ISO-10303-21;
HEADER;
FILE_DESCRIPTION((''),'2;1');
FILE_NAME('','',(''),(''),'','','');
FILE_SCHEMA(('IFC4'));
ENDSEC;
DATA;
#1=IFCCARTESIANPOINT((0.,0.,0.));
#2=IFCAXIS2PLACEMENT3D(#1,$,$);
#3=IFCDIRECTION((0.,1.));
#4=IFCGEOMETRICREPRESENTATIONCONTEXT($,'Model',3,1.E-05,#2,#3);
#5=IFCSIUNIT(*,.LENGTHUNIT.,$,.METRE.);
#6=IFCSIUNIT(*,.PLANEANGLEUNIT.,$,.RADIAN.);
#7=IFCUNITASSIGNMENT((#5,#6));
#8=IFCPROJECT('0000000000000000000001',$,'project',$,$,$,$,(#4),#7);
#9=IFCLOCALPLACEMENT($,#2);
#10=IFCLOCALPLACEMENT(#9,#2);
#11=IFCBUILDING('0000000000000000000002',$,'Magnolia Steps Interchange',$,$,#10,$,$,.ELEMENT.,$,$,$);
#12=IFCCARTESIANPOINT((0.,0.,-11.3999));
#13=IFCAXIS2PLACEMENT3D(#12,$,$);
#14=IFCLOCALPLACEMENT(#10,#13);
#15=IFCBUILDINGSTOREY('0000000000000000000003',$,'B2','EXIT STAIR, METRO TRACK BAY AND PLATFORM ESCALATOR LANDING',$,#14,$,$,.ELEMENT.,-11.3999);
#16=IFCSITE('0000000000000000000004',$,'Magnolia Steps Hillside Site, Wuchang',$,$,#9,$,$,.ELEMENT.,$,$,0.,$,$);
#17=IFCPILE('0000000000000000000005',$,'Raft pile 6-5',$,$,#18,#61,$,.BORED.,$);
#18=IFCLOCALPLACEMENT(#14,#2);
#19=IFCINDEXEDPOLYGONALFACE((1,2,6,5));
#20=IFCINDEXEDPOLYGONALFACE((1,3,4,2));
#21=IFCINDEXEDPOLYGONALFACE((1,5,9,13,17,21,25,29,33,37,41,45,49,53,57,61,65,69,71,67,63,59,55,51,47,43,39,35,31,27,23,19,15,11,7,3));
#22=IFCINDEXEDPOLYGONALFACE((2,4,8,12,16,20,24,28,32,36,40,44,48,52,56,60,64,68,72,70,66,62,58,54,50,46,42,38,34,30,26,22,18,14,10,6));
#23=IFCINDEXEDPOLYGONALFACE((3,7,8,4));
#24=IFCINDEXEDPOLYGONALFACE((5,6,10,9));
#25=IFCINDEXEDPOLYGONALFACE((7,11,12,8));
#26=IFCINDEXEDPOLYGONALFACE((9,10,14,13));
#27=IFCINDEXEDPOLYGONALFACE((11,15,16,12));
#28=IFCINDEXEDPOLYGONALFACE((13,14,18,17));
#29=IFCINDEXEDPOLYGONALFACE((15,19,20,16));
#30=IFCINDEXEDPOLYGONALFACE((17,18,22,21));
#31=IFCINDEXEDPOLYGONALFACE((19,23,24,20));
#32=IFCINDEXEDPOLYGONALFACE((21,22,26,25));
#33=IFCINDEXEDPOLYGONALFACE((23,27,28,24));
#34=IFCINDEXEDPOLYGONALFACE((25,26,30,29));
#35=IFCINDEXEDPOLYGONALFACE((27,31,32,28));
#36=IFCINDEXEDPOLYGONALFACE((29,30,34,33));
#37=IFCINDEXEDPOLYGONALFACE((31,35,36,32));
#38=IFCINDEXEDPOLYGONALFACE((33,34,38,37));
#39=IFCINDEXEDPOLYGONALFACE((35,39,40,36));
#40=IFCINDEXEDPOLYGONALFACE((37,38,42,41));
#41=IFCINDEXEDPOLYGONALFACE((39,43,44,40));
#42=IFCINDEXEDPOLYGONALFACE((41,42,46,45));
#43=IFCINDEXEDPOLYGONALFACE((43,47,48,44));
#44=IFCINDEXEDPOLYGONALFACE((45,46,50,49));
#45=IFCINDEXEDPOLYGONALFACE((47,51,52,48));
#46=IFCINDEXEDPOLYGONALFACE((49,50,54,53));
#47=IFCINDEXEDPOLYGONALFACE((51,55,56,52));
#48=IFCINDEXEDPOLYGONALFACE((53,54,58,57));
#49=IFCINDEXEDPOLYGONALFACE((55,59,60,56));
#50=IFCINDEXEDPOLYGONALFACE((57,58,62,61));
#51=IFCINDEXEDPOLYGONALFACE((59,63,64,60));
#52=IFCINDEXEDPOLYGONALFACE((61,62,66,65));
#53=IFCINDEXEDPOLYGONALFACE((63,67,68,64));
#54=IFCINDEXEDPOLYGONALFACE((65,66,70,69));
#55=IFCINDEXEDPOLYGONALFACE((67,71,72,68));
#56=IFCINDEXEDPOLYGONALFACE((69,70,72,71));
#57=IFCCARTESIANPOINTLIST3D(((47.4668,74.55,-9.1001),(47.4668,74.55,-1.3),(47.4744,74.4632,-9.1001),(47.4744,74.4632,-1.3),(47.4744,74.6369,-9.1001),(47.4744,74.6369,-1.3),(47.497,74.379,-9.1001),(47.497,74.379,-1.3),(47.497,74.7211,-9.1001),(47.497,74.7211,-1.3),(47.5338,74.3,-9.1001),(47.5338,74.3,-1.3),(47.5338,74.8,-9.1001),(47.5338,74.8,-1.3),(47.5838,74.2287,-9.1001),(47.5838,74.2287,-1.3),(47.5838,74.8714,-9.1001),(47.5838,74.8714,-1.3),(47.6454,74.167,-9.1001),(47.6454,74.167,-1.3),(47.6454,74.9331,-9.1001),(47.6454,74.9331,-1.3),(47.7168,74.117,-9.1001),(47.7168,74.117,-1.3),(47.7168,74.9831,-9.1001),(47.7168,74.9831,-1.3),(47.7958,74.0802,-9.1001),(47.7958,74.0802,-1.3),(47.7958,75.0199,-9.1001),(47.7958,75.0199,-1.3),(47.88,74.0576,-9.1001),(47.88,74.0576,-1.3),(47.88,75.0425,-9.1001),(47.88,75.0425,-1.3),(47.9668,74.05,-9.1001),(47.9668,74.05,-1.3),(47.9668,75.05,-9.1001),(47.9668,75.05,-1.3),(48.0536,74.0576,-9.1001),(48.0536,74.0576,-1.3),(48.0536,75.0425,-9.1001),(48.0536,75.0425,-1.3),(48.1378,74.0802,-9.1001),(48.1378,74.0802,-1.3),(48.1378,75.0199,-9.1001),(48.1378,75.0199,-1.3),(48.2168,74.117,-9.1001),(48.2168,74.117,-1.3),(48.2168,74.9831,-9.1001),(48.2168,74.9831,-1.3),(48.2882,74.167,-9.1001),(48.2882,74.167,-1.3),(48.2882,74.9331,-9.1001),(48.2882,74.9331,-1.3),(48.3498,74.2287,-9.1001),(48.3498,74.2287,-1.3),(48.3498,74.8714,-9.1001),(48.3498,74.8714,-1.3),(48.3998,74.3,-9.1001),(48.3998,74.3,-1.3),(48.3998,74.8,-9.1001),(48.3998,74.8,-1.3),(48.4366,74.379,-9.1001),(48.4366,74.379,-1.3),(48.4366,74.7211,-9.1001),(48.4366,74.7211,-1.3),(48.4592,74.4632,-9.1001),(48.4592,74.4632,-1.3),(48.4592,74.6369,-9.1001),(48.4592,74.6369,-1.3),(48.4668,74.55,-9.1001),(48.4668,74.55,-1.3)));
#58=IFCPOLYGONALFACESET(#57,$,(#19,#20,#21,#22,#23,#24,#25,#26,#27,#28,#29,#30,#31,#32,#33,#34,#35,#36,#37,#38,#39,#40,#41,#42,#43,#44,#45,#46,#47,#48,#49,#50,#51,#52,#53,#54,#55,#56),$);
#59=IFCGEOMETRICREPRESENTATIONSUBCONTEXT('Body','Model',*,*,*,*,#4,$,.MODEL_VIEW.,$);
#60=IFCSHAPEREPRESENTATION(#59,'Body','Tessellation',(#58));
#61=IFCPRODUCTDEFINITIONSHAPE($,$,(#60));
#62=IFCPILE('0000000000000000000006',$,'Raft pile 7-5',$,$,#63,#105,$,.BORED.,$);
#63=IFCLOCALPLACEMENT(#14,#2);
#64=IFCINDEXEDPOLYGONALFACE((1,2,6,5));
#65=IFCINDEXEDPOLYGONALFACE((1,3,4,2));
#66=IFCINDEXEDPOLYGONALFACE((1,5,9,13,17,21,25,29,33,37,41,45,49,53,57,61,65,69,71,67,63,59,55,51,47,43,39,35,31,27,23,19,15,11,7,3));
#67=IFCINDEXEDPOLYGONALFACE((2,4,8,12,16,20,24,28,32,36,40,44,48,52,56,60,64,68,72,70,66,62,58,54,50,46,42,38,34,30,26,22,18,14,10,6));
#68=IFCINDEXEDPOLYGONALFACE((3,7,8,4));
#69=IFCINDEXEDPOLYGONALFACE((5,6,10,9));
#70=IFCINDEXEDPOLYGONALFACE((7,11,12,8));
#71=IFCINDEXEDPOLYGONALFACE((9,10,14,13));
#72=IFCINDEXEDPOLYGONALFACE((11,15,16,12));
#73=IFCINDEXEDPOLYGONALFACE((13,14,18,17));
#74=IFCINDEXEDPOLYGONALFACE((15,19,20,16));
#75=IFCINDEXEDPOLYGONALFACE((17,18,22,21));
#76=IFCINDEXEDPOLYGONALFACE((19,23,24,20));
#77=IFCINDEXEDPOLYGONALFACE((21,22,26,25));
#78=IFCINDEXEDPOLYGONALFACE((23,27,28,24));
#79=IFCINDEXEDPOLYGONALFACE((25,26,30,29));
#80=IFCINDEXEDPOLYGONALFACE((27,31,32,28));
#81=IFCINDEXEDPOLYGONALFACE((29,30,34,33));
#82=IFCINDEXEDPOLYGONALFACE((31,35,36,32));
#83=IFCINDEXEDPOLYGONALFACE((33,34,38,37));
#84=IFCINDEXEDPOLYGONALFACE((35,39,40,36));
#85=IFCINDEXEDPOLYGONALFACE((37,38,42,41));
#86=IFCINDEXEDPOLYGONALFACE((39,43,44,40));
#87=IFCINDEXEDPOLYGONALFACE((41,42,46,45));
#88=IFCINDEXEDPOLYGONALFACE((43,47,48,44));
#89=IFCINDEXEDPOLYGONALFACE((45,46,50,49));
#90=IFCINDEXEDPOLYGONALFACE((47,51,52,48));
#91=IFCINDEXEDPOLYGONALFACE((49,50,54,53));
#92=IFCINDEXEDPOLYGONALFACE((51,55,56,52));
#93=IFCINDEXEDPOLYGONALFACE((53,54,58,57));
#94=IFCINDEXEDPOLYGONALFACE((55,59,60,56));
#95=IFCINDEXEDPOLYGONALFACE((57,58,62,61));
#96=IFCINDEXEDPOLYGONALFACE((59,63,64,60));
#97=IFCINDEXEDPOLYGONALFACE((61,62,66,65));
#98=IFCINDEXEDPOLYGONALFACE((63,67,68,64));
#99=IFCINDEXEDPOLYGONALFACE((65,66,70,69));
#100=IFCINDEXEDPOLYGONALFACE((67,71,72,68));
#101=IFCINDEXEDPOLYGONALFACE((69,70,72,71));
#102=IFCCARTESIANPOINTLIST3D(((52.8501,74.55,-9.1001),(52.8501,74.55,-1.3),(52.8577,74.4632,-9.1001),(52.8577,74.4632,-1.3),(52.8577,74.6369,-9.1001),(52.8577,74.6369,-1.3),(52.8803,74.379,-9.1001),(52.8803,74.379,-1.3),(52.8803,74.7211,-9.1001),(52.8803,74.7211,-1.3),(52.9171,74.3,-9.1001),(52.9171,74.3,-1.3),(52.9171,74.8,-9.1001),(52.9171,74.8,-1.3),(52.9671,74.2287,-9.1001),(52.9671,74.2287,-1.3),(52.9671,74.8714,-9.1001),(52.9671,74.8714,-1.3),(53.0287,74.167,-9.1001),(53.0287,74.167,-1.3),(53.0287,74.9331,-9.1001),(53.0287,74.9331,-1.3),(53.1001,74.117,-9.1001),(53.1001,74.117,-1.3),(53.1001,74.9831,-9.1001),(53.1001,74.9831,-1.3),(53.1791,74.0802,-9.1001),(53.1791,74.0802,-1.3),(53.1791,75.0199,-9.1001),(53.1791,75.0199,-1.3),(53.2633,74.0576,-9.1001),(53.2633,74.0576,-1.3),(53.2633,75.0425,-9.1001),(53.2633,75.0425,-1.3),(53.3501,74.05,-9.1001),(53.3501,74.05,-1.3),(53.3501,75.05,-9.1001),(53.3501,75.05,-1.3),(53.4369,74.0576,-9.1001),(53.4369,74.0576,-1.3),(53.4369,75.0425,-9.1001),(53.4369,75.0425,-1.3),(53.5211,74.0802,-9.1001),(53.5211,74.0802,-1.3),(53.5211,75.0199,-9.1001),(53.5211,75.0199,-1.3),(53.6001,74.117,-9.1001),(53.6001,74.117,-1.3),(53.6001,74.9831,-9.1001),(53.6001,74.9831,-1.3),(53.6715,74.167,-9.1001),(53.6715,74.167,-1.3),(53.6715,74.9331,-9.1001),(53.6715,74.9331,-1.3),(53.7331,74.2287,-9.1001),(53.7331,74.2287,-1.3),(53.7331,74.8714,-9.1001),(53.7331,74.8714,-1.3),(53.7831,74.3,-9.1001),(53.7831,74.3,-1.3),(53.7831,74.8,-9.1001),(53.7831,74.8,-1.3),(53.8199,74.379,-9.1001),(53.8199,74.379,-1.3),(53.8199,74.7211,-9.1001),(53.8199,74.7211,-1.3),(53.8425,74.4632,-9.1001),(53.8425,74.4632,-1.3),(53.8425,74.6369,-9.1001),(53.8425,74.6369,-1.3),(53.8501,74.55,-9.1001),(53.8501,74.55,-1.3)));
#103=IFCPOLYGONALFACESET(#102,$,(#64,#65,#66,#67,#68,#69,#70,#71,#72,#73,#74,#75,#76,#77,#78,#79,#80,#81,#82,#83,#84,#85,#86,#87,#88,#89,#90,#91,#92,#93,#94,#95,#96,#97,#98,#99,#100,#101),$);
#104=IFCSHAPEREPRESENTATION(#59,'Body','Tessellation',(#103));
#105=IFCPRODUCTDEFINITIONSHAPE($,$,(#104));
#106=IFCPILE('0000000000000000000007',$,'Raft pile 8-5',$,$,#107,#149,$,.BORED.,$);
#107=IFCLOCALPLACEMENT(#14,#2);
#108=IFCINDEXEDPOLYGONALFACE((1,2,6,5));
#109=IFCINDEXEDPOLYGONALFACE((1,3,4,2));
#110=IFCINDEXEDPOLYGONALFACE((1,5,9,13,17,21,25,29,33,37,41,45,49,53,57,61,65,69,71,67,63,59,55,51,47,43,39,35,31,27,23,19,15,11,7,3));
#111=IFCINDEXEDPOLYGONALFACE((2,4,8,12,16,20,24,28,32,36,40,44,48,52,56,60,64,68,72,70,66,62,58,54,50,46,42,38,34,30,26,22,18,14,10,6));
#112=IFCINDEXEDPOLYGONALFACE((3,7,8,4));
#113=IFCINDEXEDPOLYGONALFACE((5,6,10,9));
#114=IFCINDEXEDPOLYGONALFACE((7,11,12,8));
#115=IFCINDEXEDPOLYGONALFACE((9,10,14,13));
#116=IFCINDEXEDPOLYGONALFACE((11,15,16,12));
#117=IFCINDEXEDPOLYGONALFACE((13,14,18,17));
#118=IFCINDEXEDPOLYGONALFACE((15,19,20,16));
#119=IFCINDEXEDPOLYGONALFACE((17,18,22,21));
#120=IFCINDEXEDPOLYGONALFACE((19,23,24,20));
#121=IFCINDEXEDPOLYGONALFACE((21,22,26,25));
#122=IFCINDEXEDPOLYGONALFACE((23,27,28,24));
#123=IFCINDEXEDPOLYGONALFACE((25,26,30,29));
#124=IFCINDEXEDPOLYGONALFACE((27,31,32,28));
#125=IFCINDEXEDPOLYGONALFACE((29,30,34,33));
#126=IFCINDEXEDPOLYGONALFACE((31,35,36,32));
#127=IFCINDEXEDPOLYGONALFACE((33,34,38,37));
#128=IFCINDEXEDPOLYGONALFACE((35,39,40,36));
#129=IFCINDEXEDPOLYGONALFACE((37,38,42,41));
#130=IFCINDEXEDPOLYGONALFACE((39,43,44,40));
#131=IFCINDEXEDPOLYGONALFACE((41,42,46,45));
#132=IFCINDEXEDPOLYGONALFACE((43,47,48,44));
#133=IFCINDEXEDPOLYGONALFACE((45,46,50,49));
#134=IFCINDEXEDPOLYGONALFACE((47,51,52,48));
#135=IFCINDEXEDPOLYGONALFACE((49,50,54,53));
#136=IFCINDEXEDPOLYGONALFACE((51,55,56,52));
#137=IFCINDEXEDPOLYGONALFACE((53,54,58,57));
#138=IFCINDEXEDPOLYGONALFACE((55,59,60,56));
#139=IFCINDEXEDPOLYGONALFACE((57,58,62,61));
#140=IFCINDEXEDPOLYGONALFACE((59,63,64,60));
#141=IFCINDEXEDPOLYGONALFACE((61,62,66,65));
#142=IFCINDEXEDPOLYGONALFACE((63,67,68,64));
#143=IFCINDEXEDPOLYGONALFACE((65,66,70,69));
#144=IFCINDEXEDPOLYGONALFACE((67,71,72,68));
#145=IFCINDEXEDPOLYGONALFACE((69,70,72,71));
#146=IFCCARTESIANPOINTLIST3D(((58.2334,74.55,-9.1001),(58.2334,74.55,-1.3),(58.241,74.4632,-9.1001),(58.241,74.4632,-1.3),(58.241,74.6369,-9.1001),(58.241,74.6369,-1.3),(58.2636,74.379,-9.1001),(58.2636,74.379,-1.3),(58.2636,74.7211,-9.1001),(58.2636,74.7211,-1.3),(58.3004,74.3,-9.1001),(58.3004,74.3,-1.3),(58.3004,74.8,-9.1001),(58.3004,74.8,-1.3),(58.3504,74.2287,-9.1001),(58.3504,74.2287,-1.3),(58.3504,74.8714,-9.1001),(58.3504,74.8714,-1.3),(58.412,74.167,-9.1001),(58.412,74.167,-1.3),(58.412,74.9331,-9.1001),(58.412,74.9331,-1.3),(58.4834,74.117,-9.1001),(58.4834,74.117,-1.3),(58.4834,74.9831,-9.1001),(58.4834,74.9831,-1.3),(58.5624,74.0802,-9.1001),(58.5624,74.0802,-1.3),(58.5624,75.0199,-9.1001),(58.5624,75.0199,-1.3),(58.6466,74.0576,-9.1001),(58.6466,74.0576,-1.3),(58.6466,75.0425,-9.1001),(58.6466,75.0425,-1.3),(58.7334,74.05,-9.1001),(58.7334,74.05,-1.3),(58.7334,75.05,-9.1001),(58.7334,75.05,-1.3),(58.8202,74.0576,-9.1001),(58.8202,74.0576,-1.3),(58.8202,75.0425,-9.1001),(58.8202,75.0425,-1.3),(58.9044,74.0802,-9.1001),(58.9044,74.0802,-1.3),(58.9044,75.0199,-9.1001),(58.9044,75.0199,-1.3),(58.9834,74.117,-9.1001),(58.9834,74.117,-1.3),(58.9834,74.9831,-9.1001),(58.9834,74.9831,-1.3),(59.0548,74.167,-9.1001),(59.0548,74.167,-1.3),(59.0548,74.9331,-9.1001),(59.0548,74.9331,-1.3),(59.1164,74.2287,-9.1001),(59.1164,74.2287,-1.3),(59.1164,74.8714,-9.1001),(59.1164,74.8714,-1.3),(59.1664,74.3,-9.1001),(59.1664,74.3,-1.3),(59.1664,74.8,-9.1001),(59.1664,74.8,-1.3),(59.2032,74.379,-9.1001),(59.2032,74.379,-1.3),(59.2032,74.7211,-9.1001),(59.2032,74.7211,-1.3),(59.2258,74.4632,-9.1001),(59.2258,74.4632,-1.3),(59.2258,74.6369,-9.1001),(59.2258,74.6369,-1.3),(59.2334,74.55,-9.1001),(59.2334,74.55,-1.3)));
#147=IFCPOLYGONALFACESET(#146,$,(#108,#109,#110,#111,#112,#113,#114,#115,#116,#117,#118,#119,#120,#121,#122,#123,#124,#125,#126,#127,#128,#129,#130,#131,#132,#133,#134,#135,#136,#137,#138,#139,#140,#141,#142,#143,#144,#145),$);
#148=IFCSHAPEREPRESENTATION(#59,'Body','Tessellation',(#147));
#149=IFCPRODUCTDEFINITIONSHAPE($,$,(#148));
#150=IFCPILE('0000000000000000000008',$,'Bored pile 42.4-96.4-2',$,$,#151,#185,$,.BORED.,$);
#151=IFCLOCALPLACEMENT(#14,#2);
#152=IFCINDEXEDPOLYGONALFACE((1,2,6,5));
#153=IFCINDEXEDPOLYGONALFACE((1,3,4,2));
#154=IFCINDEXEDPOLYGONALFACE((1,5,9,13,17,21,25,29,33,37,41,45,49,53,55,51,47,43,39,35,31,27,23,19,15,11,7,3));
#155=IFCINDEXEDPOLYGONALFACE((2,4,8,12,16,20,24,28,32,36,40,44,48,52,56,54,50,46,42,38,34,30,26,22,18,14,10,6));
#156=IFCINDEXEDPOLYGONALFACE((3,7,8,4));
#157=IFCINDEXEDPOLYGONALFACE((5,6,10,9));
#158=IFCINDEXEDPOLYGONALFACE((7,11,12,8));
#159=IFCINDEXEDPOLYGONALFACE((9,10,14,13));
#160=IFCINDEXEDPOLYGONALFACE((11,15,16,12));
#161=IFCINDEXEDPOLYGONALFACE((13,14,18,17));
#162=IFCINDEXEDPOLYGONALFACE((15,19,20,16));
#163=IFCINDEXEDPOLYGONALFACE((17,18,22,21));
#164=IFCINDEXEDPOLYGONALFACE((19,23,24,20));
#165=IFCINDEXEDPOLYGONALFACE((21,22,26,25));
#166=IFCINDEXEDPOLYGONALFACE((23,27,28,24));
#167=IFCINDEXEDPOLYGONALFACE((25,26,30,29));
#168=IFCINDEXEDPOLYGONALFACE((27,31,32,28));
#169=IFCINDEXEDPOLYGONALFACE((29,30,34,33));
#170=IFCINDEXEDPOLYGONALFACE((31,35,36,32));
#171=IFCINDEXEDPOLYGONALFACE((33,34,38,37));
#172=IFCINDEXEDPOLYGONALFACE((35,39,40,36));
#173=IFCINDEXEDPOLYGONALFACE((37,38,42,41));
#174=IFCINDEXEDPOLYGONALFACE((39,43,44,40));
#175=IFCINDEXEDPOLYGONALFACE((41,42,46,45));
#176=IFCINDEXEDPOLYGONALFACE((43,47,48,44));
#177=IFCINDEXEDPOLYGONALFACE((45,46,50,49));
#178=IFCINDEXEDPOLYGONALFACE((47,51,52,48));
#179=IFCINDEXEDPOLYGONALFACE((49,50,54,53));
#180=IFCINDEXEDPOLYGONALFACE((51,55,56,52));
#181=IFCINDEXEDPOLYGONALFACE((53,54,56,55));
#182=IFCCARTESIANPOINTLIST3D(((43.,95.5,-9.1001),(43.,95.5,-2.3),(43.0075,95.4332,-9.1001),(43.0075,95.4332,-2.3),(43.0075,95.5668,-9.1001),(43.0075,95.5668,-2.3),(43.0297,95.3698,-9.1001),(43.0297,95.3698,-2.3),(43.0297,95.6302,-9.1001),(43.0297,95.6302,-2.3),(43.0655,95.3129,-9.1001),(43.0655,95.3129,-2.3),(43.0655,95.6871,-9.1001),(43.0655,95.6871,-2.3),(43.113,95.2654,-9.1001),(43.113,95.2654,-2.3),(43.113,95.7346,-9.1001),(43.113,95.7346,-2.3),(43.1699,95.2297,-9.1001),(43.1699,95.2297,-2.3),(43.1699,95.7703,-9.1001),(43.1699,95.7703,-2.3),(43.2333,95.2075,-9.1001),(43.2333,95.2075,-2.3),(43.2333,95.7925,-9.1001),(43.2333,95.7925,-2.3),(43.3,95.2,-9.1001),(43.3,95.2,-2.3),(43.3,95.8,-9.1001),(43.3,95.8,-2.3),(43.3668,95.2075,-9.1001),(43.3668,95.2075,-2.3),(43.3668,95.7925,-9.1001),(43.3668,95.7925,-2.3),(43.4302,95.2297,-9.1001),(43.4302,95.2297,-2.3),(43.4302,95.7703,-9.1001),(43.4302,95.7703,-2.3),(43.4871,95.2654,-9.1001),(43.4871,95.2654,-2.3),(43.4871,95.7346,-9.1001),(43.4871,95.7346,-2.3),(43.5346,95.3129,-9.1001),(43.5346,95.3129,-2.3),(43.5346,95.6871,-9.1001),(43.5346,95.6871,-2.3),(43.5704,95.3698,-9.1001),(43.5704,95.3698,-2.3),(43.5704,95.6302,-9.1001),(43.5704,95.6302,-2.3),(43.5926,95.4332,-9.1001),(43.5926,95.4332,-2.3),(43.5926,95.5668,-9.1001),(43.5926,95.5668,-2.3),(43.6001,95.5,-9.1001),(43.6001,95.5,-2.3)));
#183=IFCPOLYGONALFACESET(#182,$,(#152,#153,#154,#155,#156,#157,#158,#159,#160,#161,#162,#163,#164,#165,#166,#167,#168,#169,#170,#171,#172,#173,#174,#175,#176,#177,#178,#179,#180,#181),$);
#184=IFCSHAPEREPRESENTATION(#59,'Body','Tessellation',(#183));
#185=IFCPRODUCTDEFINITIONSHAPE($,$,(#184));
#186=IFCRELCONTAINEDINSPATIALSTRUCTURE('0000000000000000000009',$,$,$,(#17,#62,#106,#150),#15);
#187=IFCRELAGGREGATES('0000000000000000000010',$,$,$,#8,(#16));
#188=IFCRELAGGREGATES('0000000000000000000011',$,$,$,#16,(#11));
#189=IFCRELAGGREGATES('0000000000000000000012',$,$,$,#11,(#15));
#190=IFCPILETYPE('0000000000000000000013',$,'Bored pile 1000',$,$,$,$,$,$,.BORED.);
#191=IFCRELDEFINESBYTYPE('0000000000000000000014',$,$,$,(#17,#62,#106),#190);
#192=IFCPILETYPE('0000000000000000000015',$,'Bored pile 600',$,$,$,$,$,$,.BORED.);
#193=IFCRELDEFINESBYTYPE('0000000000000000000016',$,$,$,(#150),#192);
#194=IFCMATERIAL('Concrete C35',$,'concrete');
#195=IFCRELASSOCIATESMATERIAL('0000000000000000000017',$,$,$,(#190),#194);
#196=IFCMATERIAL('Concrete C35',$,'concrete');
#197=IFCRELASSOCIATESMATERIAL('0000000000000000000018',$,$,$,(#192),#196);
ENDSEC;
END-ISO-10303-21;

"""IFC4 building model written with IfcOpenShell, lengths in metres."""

from ifc_helpers import new_model, si_unit, direction, frame, origin, origin_2d, place, context, subcontext, project, spatial, circle, extrude, material, material_profile, profile_set, type_object, element, save


model = new_model("IFC4")

# Units and contexts
model_context = context("Model", 3, precision=1e-05, world=origin(), true_north=direction((0.0, 1.0)))
body_context = subcontext(model_context, "Body", "Model", "MODEL_VIEW")
ifc_project = project(units=[si_unit("LENGTHUNIT", "METRE"), si_unit("PLANEANGLEUNIT", "RADIAN")], contexts=[model_context])

# Site, building, storey
site_placement = place(None, origin())
site = spatial("IfcSite", under=ifc_project, at=site_placement, Name="Magnolia Steps Hillside Site, Wuchang", CompositionType="ELEMENT", RefElevation=0.0)
building_placement = place(site_placement, origin())
building = spatial("IfcBuilding", under=site, at=building_placement, Name="Magnolia Steps Interchange", CompositionType="ELEMENT")
storey_placement = place(building_placement, frame((0.0, 0.0, -11.3999)))
storey = spatial("IfcBuildingStorey", under=building, at=storey_placement, Name="B2", Description="EXIT STAIR, METRO TRACK BAY AND PLATFORM ESCALATOR LANDING", CompositionType="ELEMENT", Elevation=-11.3999)

# Piles
ifc_material_1 = material(Name="Concrete C35", Category="concrete")
ifc_material_profile_1 = material_profile(ifc_material_1, circle(Radius=0.5, at=origin_2d()), Name="Bored pile 1000")
ifc_profile_set_1 = profile_set([ifc_material_profile_1], Name="Concrete C35")
pile_type_1 = type_object("IfcPileType", Name="Bored pile 1000", PredefinedType="BORED", material=ifc_profile_set_1)
for number, where, z_axis, x_axis, name in (
    (1, (47.9668, 74.55, -1.3), (0.0, 0.0, -1.0), (1.0, 0.0, 0.0), "Raft pile 6-5"),
    (2, (53.3501, 74.55, -1.3), (0.0, 0.0, -1.0), (1.0, 0.0, 0.0), "Raft pile 7-5"),
    (3, (58.7334, 74.55, -1.3), (0.0, 0.0, -1.0), (1.0, 0.0, 0.0), "Raft pile 8-5"),
):
    element("IfcPile", number, at=place(storey_placement, frame(where, z_axis=z_axis, x_axis=x_axis)), inside=storey, type_object=pile_type_1, Name=name, PredefinedType="BORED", context=body_context, shape_type="SweptSolid", body=[
        extrude(circle(Radius=0.5, at=origin_2d()), origin(), (0.0, 0.0, 1.0), 7.8),
    ])
ifc_material_2 = material(Name="Concrete C35", Category="concrete")
ifc_material_profile_2 = material_profile(ifc_material_2, circle(Radius=0.3, at=origin_2d()), Name="Bored pile 600")
ifc_profile_set_2 = profile_set([ifc_material_profile_2], Name="Concrete C35")
pile_type_2 = type_object("IfcPileType", Name="Bored pile 600", PredefinedType="BORED", material=ifc_profile_set_2)
for number, where, z_axis, x_axis, name in (
    (4, (43.3, 95.5, -2.3), (0.0, 0.0, -1.0), (1.0, 0.0, 0.0), "Bored pile 42.4-96.4-2"),
):
    element("IfcPile", number, at=place(storey_placement, frame(where, z_axis=z_axis, x_axis=x_axis)), inside=storey, type_object=pile_type_2, Name=name, PredefinedType="BORED", context=body_context, shape_type="SweptSolid", body=[
        extrude(circle(Radius=0.3, at=origin_2d()), origin(), (0.0, 0.0, 1.0), 6.8),
    ])

save(model, "model.ifc")
